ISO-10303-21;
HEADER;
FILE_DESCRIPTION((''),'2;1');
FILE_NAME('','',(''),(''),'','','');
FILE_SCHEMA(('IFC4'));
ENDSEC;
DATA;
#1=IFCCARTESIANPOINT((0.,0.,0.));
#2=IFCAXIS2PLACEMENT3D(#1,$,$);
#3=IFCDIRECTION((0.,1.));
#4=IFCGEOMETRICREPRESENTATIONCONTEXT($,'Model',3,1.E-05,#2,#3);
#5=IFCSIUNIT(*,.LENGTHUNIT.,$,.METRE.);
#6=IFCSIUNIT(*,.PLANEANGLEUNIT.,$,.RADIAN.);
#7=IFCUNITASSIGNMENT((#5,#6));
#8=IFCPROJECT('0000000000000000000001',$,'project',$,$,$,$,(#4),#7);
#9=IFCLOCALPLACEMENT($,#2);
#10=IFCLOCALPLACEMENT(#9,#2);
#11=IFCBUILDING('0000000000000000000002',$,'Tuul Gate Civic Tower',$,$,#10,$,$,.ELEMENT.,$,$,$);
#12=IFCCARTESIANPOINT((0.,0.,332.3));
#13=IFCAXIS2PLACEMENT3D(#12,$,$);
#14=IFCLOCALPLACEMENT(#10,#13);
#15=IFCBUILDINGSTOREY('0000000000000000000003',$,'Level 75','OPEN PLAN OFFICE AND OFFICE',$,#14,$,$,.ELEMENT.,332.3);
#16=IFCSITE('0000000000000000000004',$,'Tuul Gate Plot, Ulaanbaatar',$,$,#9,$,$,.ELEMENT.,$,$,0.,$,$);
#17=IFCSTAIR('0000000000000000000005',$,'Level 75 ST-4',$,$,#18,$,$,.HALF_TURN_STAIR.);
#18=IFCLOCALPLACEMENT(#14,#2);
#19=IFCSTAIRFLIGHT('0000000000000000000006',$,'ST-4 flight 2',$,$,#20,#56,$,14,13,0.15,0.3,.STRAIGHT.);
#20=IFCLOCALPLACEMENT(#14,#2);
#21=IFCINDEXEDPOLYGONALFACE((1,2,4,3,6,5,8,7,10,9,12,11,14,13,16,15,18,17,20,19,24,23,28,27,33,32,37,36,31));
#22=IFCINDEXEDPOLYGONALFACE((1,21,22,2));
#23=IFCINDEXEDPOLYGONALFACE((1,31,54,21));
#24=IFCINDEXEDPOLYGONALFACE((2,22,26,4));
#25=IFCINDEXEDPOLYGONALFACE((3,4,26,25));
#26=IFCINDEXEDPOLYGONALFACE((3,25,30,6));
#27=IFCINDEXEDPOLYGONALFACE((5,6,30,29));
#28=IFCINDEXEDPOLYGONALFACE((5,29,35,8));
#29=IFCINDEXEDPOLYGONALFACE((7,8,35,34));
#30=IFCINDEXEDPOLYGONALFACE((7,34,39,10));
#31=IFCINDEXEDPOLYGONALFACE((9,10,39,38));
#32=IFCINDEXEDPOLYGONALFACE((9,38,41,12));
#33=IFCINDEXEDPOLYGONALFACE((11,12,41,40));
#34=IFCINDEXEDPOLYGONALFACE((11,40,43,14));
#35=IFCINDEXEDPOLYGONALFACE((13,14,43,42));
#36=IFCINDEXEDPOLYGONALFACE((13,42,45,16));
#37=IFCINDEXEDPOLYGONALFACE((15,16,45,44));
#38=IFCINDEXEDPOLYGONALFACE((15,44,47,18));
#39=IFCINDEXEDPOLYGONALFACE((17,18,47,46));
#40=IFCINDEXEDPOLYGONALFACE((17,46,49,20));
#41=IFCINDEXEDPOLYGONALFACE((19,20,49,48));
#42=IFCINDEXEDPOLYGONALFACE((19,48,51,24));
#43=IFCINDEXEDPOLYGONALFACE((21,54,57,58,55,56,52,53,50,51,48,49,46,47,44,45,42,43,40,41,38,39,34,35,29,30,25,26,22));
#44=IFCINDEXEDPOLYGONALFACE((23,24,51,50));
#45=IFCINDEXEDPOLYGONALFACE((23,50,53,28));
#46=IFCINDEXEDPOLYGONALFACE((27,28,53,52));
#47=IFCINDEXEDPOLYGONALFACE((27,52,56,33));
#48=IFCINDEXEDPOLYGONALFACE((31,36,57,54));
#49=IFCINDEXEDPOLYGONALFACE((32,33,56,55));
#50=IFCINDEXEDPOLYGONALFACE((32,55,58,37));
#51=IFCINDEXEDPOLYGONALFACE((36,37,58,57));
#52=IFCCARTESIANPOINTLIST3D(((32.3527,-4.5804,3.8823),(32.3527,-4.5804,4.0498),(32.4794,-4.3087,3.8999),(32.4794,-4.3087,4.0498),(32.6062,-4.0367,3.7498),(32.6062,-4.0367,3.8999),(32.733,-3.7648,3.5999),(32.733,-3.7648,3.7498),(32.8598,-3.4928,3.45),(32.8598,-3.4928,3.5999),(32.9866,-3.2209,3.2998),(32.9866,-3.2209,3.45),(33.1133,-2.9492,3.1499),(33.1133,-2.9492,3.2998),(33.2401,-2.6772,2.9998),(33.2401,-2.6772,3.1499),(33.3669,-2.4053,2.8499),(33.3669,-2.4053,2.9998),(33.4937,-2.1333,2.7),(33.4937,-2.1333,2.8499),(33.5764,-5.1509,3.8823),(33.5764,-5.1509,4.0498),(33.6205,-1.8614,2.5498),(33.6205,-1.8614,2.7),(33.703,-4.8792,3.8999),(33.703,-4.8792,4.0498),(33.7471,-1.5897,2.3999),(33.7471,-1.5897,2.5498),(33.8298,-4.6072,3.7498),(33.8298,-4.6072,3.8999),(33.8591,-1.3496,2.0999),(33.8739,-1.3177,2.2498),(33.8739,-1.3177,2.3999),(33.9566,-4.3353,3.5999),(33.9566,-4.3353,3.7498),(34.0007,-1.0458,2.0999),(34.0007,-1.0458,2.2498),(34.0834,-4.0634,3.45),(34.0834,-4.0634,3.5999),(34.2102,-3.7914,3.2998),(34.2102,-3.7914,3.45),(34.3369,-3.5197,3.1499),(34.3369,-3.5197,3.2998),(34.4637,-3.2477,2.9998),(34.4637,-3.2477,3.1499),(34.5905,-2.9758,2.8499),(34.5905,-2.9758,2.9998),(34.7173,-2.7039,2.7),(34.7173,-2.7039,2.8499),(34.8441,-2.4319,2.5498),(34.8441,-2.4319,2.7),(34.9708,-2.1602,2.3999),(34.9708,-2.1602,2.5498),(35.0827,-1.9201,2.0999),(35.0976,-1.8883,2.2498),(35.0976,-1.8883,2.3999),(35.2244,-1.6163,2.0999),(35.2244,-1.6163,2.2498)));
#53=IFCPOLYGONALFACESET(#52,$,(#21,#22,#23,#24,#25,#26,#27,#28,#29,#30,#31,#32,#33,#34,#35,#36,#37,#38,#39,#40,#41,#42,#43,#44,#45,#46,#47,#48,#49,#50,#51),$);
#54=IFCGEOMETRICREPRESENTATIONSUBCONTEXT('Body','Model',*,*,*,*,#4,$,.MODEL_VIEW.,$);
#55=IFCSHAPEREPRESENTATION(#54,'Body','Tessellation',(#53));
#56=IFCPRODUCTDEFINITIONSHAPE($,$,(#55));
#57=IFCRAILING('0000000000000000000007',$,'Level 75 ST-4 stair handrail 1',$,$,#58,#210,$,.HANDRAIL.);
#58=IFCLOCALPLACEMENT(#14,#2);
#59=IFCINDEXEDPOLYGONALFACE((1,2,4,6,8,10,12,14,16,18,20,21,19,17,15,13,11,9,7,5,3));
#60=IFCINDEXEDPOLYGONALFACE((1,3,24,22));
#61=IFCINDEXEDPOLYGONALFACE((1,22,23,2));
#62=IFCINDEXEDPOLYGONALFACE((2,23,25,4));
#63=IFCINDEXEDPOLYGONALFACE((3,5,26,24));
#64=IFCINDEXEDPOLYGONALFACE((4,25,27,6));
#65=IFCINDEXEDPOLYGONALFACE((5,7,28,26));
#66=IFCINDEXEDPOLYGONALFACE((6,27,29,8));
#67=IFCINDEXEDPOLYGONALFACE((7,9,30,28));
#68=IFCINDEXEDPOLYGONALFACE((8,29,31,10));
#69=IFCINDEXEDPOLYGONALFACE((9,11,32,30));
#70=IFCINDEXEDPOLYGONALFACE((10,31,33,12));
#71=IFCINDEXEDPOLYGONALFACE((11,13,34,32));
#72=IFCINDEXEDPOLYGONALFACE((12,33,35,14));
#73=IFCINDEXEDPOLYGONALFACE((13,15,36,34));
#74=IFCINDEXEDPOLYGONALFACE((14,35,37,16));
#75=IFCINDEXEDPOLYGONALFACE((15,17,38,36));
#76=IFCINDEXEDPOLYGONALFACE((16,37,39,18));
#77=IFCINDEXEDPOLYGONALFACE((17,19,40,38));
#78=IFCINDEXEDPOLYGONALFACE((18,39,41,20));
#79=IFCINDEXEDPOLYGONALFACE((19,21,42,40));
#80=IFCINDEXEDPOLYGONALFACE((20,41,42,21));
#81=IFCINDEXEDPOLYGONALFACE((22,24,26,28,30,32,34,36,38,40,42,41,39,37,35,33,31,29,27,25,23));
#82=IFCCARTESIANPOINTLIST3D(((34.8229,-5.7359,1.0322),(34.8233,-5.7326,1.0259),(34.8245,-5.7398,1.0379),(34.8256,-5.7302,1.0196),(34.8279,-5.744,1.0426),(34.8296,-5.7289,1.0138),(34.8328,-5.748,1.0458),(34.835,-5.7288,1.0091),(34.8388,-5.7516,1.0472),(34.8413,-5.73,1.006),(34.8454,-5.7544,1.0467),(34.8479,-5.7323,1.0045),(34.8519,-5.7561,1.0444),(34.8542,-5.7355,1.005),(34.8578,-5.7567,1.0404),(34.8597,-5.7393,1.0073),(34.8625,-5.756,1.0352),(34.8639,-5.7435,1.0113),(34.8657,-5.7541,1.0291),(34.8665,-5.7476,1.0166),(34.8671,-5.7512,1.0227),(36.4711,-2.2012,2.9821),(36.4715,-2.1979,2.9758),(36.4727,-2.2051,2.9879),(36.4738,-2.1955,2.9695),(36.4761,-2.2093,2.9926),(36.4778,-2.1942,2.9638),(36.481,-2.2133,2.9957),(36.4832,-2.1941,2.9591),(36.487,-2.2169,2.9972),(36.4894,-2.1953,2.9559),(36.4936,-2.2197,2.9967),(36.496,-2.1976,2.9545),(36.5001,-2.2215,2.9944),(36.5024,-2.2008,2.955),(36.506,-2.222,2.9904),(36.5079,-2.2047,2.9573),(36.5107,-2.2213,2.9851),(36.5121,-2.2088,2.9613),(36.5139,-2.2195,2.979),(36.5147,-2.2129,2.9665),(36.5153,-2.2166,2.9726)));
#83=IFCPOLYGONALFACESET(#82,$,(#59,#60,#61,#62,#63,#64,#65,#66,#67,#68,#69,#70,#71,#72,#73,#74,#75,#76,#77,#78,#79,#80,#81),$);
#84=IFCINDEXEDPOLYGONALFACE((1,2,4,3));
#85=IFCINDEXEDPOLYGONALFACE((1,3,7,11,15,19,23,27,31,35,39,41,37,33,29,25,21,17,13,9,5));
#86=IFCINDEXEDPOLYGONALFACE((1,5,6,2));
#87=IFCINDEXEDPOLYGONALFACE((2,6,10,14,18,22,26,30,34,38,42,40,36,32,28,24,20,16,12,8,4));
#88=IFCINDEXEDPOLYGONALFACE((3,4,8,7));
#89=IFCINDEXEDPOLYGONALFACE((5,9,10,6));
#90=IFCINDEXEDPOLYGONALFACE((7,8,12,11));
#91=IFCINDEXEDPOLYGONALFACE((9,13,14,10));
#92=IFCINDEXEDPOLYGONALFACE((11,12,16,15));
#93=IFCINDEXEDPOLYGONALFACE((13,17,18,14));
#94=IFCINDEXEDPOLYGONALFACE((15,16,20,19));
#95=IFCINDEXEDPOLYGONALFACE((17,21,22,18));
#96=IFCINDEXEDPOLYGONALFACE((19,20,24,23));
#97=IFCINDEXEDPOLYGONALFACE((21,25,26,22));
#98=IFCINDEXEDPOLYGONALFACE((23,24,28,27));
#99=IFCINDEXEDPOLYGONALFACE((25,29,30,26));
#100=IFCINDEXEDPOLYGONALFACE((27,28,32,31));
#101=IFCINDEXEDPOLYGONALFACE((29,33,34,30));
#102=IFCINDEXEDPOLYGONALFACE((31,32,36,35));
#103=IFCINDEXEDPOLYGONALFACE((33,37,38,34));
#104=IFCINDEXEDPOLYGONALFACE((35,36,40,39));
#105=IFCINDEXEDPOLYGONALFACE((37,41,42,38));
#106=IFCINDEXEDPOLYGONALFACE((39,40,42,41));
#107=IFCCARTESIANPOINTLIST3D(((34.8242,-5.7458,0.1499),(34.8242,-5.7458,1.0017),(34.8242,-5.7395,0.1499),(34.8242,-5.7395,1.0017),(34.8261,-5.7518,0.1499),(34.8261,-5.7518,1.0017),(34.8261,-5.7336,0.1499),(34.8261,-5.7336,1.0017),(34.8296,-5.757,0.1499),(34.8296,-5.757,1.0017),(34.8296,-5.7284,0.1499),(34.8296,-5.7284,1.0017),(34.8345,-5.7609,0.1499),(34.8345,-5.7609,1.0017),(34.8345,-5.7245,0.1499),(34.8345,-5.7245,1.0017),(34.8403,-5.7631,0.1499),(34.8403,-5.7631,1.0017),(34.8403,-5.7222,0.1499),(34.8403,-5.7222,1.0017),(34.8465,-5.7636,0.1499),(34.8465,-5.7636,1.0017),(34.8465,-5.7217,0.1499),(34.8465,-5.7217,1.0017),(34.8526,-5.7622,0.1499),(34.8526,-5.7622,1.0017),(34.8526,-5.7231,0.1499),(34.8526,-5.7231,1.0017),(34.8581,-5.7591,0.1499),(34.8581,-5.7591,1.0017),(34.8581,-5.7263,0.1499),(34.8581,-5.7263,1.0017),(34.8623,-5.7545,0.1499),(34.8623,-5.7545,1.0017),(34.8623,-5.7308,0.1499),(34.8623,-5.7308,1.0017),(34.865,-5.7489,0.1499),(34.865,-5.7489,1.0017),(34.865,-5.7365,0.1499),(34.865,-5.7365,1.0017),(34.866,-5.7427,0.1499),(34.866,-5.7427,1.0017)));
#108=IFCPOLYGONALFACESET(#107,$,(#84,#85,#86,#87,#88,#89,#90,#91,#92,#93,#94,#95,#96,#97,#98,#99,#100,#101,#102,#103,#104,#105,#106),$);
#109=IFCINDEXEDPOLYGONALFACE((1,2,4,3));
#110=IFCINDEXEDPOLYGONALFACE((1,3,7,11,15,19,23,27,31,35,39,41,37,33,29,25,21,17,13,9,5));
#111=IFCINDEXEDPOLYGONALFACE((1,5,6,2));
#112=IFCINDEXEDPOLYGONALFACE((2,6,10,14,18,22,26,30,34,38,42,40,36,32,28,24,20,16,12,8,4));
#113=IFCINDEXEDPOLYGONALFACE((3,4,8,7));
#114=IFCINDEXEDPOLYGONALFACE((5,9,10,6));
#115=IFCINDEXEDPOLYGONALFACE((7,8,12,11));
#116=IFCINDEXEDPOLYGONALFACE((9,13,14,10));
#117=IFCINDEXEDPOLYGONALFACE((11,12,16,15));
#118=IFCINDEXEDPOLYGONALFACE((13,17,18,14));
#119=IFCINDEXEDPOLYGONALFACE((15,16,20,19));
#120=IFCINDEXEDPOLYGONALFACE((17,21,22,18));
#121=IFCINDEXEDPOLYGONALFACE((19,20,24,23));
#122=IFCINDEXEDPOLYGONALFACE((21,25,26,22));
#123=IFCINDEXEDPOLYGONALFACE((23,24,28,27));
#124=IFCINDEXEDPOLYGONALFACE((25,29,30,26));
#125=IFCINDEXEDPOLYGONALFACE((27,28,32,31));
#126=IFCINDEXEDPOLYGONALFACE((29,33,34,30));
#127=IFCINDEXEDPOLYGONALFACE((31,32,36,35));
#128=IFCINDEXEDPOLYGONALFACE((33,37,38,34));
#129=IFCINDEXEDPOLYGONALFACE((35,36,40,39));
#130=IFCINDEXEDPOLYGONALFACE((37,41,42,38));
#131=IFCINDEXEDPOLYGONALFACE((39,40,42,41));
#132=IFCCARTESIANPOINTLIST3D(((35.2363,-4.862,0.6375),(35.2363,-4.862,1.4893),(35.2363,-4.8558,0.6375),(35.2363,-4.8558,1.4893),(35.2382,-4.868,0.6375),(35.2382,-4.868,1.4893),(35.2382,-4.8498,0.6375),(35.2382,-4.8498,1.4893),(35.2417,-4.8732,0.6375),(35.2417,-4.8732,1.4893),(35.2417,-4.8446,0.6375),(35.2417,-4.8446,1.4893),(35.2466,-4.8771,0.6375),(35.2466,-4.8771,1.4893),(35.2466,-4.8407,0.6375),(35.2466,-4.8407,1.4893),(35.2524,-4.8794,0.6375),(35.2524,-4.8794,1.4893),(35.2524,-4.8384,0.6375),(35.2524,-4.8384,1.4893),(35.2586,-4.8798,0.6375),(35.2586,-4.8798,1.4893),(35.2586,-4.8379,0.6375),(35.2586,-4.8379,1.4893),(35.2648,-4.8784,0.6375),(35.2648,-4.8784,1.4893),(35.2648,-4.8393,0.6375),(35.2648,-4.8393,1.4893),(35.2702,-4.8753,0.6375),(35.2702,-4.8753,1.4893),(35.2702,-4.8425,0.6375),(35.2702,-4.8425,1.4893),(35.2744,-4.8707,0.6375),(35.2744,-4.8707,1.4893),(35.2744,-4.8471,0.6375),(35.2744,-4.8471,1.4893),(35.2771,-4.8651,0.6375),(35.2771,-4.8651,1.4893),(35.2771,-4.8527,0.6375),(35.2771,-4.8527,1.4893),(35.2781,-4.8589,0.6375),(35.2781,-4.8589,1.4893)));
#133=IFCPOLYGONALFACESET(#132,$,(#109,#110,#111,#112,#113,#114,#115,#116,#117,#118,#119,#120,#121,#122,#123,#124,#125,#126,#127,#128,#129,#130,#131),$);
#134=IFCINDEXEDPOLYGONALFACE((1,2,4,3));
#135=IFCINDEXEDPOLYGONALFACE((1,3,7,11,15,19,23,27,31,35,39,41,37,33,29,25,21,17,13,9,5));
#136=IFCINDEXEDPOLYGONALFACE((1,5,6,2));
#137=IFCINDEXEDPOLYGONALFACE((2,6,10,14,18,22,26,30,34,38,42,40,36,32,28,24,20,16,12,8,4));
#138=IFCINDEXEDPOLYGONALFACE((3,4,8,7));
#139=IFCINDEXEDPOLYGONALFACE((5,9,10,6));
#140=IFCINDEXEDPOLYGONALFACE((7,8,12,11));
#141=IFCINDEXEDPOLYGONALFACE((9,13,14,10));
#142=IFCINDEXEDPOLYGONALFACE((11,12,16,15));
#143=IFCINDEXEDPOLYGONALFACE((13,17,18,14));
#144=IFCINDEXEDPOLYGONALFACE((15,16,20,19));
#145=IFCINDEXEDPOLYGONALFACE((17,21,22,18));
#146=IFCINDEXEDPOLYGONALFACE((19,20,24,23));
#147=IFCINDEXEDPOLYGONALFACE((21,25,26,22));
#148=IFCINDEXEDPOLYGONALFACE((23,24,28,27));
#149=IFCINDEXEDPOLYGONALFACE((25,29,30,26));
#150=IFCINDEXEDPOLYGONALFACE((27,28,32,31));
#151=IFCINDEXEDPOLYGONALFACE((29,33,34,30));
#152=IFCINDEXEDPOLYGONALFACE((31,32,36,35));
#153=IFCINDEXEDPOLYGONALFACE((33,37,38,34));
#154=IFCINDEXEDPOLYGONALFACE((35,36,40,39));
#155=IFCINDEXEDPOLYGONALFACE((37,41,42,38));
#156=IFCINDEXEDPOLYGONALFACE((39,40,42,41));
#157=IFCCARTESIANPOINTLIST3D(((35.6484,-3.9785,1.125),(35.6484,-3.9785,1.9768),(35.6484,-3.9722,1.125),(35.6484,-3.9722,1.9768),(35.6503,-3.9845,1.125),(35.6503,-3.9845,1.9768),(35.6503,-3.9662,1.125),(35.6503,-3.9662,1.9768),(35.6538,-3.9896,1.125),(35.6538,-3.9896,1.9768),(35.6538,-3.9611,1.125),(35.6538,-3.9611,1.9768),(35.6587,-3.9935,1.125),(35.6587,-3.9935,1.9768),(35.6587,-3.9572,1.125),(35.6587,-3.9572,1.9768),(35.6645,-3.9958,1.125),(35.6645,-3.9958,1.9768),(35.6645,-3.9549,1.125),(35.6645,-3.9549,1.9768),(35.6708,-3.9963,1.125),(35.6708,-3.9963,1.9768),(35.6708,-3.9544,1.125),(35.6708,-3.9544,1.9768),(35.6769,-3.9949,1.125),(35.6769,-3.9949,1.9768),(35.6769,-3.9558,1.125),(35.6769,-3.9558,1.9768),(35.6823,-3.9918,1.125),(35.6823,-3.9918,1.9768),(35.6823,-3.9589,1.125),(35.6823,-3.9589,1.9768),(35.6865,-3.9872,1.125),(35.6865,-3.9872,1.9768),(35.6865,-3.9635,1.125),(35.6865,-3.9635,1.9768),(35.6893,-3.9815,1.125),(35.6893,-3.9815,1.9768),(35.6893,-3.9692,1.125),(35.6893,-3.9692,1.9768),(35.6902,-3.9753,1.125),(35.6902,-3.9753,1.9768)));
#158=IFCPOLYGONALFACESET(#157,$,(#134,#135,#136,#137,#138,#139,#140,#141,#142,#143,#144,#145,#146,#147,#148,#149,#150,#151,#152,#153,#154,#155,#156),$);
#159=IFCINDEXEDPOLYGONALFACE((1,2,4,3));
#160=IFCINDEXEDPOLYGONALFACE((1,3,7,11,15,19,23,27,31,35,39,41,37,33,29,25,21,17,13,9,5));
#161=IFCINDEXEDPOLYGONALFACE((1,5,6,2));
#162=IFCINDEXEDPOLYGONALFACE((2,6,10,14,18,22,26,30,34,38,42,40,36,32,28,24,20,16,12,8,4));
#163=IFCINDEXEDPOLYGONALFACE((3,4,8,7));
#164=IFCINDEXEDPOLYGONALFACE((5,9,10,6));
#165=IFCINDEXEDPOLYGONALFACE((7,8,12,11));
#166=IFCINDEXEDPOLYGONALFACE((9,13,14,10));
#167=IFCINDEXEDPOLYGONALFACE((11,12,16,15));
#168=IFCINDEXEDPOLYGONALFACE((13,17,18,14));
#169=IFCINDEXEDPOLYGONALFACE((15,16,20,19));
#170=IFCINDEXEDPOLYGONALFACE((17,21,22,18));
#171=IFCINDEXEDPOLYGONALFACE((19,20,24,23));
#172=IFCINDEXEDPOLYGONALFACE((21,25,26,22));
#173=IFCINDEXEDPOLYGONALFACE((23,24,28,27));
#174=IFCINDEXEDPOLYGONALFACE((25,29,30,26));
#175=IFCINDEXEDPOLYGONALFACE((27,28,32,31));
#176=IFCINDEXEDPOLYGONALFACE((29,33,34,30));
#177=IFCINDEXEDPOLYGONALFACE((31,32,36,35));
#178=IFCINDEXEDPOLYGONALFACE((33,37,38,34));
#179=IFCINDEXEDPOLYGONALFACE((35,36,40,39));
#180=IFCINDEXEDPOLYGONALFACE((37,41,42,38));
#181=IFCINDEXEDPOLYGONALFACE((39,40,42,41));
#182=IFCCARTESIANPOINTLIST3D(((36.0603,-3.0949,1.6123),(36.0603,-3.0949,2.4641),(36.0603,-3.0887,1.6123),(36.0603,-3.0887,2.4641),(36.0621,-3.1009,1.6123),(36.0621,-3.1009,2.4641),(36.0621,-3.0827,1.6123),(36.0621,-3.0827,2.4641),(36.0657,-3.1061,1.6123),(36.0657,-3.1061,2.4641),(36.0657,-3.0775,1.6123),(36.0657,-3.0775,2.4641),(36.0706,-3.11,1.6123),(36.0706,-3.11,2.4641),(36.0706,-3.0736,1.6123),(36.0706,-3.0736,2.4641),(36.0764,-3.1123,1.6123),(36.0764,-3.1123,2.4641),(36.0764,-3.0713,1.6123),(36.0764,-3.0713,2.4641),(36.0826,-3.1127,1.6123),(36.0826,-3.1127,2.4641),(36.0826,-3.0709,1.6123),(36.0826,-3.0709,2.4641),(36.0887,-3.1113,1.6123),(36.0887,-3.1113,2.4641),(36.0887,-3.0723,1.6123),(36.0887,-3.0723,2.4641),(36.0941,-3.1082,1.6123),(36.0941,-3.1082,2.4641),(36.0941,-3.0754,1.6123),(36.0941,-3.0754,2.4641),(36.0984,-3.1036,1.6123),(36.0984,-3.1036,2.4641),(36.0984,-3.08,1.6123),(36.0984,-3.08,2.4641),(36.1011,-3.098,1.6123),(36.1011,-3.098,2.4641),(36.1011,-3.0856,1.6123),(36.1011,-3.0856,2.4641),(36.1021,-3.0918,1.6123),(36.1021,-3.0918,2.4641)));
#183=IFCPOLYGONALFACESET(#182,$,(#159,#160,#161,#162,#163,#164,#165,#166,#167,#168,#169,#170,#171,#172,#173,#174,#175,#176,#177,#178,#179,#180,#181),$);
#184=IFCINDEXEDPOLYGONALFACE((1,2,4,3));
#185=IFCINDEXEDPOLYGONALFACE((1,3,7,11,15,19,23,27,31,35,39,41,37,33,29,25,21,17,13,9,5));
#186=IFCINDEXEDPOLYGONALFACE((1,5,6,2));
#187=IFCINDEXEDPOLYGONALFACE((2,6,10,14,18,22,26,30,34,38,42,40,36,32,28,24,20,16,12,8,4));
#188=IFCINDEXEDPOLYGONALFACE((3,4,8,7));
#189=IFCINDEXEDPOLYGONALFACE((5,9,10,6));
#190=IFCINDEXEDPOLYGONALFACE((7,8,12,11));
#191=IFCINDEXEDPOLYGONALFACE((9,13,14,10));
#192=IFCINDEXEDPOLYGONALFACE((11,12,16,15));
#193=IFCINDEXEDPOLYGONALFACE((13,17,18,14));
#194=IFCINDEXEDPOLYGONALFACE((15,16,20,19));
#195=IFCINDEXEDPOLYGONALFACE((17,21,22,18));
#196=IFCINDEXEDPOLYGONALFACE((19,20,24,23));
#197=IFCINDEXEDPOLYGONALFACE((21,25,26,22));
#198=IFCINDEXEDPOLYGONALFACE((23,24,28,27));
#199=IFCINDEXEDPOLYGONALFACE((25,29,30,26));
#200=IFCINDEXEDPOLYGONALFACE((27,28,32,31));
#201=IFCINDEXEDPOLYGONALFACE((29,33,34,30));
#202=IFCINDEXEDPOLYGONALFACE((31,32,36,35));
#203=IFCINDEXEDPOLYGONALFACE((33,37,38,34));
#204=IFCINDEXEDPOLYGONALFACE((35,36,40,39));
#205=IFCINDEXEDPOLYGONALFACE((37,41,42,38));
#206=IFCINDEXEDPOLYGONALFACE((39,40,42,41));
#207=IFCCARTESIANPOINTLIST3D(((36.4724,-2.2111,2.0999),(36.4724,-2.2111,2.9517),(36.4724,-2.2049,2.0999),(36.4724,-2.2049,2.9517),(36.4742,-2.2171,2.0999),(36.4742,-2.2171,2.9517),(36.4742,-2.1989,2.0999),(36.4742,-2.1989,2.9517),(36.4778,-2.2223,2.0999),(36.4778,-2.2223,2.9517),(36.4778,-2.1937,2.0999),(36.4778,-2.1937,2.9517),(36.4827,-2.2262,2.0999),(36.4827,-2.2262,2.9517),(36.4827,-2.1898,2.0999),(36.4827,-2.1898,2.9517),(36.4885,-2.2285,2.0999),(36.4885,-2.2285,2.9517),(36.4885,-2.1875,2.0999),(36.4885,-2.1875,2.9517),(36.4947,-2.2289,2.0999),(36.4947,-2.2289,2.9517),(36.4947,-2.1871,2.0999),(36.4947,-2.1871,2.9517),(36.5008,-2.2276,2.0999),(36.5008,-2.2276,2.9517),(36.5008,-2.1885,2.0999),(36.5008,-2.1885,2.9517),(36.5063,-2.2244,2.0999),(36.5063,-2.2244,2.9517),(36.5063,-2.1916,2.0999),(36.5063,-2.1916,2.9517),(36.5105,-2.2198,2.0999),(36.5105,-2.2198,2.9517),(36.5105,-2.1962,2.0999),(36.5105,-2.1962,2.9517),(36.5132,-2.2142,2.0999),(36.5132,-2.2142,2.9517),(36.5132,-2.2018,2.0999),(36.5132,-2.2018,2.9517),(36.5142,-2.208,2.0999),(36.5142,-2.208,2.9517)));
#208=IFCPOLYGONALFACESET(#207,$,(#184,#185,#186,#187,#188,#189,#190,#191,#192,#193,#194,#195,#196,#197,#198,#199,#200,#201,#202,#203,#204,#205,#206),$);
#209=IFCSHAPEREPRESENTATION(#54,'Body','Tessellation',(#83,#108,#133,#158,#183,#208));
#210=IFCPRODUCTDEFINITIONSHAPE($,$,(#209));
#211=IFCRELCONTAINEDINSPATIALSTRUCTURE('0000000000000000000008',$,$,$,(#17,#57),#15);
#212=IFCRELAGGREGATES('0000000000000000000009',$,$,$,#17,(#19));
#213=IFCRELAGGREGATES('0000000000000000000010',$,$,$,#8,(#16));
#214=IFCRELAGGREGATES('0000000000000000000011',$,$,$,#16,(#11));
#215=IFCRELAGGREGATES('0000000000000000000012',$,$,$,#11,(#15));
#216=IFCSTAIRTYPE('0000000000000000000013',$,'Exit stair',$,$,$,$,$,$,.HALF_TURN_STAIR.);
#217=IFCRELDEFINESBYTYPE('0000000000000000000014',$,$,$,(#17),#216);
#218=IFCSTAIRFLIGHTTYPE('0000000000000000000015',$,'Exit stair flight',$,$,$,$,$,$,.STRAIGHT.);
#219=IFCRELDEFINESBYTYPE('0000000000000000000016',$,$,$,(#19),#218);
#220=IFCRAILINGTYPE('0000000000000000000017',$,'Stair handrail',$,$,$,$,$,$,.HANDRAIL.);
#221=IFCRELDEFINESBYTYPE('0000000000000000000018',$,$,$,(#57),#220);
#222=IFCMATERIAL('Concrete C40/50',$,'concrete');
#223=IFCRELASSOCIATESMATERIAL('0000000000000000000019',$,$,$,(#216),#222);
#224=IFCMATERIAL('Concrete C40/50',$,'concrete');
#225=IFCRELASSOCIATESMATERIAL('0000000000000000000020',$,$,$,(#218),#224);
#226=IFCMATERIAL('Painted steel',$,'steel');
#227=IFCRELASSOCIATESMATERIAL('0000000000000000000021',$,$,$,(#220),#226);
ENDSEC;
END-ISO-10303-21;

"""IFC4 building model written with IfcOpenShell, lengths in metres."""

from ifc_helpers import new_model, si_unit, direction, frame, origin, origin_2d, place, context, subcontext, project, spatial, polyline, circle, outline, extrude, material, type_object, element, aggregate, save


model = new_model("IFC4")

# Units and contexts
model_context = context("Model", 3, precision=1e-05, world=origin(), true_north=direction((0.0, 1.0)))
body_context = subcontext(model_context, "Body", "Model", "MODEL_VIEW")
ifc_project = project(units=[si_unit("LENGTHUNIT", "METRE"), si_unit("PLANEANGLEUNIT", "RADIAN")], contexts=[model_context])

# Site, building, storey
site_placement = place(None, origin())
site = spatial("IfcSite", under=ifc_project, at=site_placement, Name="Tuul Gate Plot, Ulaanbaatar", CompositionType="ELEMENT", RefElevation=0.0)
building_placement = place(site_placement, origin())
building = spatial("IfcBuilding", under=site, at=building_placement, Name="Tuul Gate Civic Tower", CompositionType="ELEMENT")
storey_placement = place(building_placement, frame((0.0, 0.0, 332.3)))
storey = spatial("IfcBuildingStorey", under=building, at=storey_placement, Name="Level 75", Description="OPEN PLAN OFFICE AND OFFICE", CompositionType="ELEMENT", Elevation=332.3)

# Stair, stair flight
ifc_material_1 = material(Name="Concrete C40/50", Category="concrete")
stair_type = type_object("IfcStairType", Name="Exit stair", PredefinedType="HALF_TURN_STAIR", material=ifc_material_1)
stair_placement = place(storey_placement, origin())
stair = element("IfcStair", 1, at=stair_placement, inside=storey, type_object=stair_type, Name="Level 75 ST-4", PredefinedType="HALF_TURN_STAIR")
ifc_material_2 = material(Name="Concrete C40/50", Category="concrete")
stair_flight_type = type_object("IfcStairFlightType", Name="Exit stair flight", PredefinedType="STRAIGHT", material=ifc_material_2)
stair_flight_1_placement = place(storey_placement, frame((34.6125, -1.3311, 2.0999), z_axis=(0.0, 0.0, 1.0), x_axis=(-0.422576, -0.906327, 0.0)))
stair_flight_1 = element("IfcStairFlight", 2, at=stair_flight_1_placement, type_object=stair_flight_type, Name="ST-4 flight 2", NumberOfRisers=14, NumberOfTreads=13, PredefinedType="STRAIGHT", RiserHeight=0.15, TreadLength=0.3, context=body_context, shape_type="SweptSolid", body=[
    extrude(outline(polyline([(0.0, 0.0), (0.0, 0.1499), (0.3, 0.1499), (0.3, 0.3), (0.6001, 0.3), (0.6001, 0.45), (0.8999, 0.45), (0.8999, 0.6001), (1.2, 0.6001), (1.2, 0.75), (1.5, 0.75), (1.5, 0.8999), (1.8, 0.8999), (1.8, 1.05), (2.1001, 1.05), (2.1001, 1.2), (2.3999, 1.2), (2.3999, 1.3501), (2.7, 1.3501), (2.7, 1.5), (3.0, 1.5), (3.0, 1.6499), (3.3, 1.6499), (3.3, 1.8), (3.6001, 1.8), (3.6001, 1.95), (3.8999, 1.95), (3.8999, 2.1001), (3.8999, 1.7825), (0.3352, 0.0), (0.0, 0.0)])), frame((0.0, 0.675, 0.0), z_axis=(0.0, -1.0, 0.0), x_axis=(1.0, 0.0, 0.0)), (0.0, 0.0, 1.0), 1.3501),
])
aggregate(stair, [stair_flight_1])

# Railing
ifc_material_3 = material(Name="Painted steel", Category="steel")
railing_type_1 = type_object("IfcRailingType", Name="Stair handrail", PredefinedType="HANDRAIL", material=ifc_material_3)
railing_1_placement = place(storey_placement, frame((34.845, -5.7427, 0.1499)))
element("IfcRailing", 3, at=railing_1_placement, inside=storey, type_object=railing_type_1, Name="Level 75 ST-4 stair handrail 1", PredefinedType="HANDRAIL", context=body_context, shape_type="SweptSolid", body=[
    extrude(circle(Radius=0.0239, at=origin_2d()), frame((0.0, 0.0, 0.876), z_axis=(0.377995, 0.810637, 0.4472), x_axis=(-0.906313, 0.422608, 0.0)), (0.0, 0.0, 1.0), 4.3604),
    extrude(circle(Radius=0.021, at=origin_2d()), origin(), (0.0, 0.0, 1.0), 0.8518),
    extrude(circle(Radius=0.021, at=origin_2d()), frame((0.4121, 0.8838, 0.4875)), (0.0, 0.0, 1.0), 0.8518),
    extrude(circle(Radius=0.021, at=origin_2d()), frame((0.8242, 1.7673, 0.9751)), (0.0, 0.0, 1.0), 0.8518),
    extrude(circle(Radius=0.021, at=origin_2d()), frame((1.2361, 2.6509, 1.4624)), (0.0, 0.0, 1.0), 0.8518),
    extrude(circle(Radius=0.021, at=origin_2d()), frame((1.6482, 3.5347, 1.95)), (0.0, 0.0, 1.0), 0.8518),
])

save(model, "model.ifc")
